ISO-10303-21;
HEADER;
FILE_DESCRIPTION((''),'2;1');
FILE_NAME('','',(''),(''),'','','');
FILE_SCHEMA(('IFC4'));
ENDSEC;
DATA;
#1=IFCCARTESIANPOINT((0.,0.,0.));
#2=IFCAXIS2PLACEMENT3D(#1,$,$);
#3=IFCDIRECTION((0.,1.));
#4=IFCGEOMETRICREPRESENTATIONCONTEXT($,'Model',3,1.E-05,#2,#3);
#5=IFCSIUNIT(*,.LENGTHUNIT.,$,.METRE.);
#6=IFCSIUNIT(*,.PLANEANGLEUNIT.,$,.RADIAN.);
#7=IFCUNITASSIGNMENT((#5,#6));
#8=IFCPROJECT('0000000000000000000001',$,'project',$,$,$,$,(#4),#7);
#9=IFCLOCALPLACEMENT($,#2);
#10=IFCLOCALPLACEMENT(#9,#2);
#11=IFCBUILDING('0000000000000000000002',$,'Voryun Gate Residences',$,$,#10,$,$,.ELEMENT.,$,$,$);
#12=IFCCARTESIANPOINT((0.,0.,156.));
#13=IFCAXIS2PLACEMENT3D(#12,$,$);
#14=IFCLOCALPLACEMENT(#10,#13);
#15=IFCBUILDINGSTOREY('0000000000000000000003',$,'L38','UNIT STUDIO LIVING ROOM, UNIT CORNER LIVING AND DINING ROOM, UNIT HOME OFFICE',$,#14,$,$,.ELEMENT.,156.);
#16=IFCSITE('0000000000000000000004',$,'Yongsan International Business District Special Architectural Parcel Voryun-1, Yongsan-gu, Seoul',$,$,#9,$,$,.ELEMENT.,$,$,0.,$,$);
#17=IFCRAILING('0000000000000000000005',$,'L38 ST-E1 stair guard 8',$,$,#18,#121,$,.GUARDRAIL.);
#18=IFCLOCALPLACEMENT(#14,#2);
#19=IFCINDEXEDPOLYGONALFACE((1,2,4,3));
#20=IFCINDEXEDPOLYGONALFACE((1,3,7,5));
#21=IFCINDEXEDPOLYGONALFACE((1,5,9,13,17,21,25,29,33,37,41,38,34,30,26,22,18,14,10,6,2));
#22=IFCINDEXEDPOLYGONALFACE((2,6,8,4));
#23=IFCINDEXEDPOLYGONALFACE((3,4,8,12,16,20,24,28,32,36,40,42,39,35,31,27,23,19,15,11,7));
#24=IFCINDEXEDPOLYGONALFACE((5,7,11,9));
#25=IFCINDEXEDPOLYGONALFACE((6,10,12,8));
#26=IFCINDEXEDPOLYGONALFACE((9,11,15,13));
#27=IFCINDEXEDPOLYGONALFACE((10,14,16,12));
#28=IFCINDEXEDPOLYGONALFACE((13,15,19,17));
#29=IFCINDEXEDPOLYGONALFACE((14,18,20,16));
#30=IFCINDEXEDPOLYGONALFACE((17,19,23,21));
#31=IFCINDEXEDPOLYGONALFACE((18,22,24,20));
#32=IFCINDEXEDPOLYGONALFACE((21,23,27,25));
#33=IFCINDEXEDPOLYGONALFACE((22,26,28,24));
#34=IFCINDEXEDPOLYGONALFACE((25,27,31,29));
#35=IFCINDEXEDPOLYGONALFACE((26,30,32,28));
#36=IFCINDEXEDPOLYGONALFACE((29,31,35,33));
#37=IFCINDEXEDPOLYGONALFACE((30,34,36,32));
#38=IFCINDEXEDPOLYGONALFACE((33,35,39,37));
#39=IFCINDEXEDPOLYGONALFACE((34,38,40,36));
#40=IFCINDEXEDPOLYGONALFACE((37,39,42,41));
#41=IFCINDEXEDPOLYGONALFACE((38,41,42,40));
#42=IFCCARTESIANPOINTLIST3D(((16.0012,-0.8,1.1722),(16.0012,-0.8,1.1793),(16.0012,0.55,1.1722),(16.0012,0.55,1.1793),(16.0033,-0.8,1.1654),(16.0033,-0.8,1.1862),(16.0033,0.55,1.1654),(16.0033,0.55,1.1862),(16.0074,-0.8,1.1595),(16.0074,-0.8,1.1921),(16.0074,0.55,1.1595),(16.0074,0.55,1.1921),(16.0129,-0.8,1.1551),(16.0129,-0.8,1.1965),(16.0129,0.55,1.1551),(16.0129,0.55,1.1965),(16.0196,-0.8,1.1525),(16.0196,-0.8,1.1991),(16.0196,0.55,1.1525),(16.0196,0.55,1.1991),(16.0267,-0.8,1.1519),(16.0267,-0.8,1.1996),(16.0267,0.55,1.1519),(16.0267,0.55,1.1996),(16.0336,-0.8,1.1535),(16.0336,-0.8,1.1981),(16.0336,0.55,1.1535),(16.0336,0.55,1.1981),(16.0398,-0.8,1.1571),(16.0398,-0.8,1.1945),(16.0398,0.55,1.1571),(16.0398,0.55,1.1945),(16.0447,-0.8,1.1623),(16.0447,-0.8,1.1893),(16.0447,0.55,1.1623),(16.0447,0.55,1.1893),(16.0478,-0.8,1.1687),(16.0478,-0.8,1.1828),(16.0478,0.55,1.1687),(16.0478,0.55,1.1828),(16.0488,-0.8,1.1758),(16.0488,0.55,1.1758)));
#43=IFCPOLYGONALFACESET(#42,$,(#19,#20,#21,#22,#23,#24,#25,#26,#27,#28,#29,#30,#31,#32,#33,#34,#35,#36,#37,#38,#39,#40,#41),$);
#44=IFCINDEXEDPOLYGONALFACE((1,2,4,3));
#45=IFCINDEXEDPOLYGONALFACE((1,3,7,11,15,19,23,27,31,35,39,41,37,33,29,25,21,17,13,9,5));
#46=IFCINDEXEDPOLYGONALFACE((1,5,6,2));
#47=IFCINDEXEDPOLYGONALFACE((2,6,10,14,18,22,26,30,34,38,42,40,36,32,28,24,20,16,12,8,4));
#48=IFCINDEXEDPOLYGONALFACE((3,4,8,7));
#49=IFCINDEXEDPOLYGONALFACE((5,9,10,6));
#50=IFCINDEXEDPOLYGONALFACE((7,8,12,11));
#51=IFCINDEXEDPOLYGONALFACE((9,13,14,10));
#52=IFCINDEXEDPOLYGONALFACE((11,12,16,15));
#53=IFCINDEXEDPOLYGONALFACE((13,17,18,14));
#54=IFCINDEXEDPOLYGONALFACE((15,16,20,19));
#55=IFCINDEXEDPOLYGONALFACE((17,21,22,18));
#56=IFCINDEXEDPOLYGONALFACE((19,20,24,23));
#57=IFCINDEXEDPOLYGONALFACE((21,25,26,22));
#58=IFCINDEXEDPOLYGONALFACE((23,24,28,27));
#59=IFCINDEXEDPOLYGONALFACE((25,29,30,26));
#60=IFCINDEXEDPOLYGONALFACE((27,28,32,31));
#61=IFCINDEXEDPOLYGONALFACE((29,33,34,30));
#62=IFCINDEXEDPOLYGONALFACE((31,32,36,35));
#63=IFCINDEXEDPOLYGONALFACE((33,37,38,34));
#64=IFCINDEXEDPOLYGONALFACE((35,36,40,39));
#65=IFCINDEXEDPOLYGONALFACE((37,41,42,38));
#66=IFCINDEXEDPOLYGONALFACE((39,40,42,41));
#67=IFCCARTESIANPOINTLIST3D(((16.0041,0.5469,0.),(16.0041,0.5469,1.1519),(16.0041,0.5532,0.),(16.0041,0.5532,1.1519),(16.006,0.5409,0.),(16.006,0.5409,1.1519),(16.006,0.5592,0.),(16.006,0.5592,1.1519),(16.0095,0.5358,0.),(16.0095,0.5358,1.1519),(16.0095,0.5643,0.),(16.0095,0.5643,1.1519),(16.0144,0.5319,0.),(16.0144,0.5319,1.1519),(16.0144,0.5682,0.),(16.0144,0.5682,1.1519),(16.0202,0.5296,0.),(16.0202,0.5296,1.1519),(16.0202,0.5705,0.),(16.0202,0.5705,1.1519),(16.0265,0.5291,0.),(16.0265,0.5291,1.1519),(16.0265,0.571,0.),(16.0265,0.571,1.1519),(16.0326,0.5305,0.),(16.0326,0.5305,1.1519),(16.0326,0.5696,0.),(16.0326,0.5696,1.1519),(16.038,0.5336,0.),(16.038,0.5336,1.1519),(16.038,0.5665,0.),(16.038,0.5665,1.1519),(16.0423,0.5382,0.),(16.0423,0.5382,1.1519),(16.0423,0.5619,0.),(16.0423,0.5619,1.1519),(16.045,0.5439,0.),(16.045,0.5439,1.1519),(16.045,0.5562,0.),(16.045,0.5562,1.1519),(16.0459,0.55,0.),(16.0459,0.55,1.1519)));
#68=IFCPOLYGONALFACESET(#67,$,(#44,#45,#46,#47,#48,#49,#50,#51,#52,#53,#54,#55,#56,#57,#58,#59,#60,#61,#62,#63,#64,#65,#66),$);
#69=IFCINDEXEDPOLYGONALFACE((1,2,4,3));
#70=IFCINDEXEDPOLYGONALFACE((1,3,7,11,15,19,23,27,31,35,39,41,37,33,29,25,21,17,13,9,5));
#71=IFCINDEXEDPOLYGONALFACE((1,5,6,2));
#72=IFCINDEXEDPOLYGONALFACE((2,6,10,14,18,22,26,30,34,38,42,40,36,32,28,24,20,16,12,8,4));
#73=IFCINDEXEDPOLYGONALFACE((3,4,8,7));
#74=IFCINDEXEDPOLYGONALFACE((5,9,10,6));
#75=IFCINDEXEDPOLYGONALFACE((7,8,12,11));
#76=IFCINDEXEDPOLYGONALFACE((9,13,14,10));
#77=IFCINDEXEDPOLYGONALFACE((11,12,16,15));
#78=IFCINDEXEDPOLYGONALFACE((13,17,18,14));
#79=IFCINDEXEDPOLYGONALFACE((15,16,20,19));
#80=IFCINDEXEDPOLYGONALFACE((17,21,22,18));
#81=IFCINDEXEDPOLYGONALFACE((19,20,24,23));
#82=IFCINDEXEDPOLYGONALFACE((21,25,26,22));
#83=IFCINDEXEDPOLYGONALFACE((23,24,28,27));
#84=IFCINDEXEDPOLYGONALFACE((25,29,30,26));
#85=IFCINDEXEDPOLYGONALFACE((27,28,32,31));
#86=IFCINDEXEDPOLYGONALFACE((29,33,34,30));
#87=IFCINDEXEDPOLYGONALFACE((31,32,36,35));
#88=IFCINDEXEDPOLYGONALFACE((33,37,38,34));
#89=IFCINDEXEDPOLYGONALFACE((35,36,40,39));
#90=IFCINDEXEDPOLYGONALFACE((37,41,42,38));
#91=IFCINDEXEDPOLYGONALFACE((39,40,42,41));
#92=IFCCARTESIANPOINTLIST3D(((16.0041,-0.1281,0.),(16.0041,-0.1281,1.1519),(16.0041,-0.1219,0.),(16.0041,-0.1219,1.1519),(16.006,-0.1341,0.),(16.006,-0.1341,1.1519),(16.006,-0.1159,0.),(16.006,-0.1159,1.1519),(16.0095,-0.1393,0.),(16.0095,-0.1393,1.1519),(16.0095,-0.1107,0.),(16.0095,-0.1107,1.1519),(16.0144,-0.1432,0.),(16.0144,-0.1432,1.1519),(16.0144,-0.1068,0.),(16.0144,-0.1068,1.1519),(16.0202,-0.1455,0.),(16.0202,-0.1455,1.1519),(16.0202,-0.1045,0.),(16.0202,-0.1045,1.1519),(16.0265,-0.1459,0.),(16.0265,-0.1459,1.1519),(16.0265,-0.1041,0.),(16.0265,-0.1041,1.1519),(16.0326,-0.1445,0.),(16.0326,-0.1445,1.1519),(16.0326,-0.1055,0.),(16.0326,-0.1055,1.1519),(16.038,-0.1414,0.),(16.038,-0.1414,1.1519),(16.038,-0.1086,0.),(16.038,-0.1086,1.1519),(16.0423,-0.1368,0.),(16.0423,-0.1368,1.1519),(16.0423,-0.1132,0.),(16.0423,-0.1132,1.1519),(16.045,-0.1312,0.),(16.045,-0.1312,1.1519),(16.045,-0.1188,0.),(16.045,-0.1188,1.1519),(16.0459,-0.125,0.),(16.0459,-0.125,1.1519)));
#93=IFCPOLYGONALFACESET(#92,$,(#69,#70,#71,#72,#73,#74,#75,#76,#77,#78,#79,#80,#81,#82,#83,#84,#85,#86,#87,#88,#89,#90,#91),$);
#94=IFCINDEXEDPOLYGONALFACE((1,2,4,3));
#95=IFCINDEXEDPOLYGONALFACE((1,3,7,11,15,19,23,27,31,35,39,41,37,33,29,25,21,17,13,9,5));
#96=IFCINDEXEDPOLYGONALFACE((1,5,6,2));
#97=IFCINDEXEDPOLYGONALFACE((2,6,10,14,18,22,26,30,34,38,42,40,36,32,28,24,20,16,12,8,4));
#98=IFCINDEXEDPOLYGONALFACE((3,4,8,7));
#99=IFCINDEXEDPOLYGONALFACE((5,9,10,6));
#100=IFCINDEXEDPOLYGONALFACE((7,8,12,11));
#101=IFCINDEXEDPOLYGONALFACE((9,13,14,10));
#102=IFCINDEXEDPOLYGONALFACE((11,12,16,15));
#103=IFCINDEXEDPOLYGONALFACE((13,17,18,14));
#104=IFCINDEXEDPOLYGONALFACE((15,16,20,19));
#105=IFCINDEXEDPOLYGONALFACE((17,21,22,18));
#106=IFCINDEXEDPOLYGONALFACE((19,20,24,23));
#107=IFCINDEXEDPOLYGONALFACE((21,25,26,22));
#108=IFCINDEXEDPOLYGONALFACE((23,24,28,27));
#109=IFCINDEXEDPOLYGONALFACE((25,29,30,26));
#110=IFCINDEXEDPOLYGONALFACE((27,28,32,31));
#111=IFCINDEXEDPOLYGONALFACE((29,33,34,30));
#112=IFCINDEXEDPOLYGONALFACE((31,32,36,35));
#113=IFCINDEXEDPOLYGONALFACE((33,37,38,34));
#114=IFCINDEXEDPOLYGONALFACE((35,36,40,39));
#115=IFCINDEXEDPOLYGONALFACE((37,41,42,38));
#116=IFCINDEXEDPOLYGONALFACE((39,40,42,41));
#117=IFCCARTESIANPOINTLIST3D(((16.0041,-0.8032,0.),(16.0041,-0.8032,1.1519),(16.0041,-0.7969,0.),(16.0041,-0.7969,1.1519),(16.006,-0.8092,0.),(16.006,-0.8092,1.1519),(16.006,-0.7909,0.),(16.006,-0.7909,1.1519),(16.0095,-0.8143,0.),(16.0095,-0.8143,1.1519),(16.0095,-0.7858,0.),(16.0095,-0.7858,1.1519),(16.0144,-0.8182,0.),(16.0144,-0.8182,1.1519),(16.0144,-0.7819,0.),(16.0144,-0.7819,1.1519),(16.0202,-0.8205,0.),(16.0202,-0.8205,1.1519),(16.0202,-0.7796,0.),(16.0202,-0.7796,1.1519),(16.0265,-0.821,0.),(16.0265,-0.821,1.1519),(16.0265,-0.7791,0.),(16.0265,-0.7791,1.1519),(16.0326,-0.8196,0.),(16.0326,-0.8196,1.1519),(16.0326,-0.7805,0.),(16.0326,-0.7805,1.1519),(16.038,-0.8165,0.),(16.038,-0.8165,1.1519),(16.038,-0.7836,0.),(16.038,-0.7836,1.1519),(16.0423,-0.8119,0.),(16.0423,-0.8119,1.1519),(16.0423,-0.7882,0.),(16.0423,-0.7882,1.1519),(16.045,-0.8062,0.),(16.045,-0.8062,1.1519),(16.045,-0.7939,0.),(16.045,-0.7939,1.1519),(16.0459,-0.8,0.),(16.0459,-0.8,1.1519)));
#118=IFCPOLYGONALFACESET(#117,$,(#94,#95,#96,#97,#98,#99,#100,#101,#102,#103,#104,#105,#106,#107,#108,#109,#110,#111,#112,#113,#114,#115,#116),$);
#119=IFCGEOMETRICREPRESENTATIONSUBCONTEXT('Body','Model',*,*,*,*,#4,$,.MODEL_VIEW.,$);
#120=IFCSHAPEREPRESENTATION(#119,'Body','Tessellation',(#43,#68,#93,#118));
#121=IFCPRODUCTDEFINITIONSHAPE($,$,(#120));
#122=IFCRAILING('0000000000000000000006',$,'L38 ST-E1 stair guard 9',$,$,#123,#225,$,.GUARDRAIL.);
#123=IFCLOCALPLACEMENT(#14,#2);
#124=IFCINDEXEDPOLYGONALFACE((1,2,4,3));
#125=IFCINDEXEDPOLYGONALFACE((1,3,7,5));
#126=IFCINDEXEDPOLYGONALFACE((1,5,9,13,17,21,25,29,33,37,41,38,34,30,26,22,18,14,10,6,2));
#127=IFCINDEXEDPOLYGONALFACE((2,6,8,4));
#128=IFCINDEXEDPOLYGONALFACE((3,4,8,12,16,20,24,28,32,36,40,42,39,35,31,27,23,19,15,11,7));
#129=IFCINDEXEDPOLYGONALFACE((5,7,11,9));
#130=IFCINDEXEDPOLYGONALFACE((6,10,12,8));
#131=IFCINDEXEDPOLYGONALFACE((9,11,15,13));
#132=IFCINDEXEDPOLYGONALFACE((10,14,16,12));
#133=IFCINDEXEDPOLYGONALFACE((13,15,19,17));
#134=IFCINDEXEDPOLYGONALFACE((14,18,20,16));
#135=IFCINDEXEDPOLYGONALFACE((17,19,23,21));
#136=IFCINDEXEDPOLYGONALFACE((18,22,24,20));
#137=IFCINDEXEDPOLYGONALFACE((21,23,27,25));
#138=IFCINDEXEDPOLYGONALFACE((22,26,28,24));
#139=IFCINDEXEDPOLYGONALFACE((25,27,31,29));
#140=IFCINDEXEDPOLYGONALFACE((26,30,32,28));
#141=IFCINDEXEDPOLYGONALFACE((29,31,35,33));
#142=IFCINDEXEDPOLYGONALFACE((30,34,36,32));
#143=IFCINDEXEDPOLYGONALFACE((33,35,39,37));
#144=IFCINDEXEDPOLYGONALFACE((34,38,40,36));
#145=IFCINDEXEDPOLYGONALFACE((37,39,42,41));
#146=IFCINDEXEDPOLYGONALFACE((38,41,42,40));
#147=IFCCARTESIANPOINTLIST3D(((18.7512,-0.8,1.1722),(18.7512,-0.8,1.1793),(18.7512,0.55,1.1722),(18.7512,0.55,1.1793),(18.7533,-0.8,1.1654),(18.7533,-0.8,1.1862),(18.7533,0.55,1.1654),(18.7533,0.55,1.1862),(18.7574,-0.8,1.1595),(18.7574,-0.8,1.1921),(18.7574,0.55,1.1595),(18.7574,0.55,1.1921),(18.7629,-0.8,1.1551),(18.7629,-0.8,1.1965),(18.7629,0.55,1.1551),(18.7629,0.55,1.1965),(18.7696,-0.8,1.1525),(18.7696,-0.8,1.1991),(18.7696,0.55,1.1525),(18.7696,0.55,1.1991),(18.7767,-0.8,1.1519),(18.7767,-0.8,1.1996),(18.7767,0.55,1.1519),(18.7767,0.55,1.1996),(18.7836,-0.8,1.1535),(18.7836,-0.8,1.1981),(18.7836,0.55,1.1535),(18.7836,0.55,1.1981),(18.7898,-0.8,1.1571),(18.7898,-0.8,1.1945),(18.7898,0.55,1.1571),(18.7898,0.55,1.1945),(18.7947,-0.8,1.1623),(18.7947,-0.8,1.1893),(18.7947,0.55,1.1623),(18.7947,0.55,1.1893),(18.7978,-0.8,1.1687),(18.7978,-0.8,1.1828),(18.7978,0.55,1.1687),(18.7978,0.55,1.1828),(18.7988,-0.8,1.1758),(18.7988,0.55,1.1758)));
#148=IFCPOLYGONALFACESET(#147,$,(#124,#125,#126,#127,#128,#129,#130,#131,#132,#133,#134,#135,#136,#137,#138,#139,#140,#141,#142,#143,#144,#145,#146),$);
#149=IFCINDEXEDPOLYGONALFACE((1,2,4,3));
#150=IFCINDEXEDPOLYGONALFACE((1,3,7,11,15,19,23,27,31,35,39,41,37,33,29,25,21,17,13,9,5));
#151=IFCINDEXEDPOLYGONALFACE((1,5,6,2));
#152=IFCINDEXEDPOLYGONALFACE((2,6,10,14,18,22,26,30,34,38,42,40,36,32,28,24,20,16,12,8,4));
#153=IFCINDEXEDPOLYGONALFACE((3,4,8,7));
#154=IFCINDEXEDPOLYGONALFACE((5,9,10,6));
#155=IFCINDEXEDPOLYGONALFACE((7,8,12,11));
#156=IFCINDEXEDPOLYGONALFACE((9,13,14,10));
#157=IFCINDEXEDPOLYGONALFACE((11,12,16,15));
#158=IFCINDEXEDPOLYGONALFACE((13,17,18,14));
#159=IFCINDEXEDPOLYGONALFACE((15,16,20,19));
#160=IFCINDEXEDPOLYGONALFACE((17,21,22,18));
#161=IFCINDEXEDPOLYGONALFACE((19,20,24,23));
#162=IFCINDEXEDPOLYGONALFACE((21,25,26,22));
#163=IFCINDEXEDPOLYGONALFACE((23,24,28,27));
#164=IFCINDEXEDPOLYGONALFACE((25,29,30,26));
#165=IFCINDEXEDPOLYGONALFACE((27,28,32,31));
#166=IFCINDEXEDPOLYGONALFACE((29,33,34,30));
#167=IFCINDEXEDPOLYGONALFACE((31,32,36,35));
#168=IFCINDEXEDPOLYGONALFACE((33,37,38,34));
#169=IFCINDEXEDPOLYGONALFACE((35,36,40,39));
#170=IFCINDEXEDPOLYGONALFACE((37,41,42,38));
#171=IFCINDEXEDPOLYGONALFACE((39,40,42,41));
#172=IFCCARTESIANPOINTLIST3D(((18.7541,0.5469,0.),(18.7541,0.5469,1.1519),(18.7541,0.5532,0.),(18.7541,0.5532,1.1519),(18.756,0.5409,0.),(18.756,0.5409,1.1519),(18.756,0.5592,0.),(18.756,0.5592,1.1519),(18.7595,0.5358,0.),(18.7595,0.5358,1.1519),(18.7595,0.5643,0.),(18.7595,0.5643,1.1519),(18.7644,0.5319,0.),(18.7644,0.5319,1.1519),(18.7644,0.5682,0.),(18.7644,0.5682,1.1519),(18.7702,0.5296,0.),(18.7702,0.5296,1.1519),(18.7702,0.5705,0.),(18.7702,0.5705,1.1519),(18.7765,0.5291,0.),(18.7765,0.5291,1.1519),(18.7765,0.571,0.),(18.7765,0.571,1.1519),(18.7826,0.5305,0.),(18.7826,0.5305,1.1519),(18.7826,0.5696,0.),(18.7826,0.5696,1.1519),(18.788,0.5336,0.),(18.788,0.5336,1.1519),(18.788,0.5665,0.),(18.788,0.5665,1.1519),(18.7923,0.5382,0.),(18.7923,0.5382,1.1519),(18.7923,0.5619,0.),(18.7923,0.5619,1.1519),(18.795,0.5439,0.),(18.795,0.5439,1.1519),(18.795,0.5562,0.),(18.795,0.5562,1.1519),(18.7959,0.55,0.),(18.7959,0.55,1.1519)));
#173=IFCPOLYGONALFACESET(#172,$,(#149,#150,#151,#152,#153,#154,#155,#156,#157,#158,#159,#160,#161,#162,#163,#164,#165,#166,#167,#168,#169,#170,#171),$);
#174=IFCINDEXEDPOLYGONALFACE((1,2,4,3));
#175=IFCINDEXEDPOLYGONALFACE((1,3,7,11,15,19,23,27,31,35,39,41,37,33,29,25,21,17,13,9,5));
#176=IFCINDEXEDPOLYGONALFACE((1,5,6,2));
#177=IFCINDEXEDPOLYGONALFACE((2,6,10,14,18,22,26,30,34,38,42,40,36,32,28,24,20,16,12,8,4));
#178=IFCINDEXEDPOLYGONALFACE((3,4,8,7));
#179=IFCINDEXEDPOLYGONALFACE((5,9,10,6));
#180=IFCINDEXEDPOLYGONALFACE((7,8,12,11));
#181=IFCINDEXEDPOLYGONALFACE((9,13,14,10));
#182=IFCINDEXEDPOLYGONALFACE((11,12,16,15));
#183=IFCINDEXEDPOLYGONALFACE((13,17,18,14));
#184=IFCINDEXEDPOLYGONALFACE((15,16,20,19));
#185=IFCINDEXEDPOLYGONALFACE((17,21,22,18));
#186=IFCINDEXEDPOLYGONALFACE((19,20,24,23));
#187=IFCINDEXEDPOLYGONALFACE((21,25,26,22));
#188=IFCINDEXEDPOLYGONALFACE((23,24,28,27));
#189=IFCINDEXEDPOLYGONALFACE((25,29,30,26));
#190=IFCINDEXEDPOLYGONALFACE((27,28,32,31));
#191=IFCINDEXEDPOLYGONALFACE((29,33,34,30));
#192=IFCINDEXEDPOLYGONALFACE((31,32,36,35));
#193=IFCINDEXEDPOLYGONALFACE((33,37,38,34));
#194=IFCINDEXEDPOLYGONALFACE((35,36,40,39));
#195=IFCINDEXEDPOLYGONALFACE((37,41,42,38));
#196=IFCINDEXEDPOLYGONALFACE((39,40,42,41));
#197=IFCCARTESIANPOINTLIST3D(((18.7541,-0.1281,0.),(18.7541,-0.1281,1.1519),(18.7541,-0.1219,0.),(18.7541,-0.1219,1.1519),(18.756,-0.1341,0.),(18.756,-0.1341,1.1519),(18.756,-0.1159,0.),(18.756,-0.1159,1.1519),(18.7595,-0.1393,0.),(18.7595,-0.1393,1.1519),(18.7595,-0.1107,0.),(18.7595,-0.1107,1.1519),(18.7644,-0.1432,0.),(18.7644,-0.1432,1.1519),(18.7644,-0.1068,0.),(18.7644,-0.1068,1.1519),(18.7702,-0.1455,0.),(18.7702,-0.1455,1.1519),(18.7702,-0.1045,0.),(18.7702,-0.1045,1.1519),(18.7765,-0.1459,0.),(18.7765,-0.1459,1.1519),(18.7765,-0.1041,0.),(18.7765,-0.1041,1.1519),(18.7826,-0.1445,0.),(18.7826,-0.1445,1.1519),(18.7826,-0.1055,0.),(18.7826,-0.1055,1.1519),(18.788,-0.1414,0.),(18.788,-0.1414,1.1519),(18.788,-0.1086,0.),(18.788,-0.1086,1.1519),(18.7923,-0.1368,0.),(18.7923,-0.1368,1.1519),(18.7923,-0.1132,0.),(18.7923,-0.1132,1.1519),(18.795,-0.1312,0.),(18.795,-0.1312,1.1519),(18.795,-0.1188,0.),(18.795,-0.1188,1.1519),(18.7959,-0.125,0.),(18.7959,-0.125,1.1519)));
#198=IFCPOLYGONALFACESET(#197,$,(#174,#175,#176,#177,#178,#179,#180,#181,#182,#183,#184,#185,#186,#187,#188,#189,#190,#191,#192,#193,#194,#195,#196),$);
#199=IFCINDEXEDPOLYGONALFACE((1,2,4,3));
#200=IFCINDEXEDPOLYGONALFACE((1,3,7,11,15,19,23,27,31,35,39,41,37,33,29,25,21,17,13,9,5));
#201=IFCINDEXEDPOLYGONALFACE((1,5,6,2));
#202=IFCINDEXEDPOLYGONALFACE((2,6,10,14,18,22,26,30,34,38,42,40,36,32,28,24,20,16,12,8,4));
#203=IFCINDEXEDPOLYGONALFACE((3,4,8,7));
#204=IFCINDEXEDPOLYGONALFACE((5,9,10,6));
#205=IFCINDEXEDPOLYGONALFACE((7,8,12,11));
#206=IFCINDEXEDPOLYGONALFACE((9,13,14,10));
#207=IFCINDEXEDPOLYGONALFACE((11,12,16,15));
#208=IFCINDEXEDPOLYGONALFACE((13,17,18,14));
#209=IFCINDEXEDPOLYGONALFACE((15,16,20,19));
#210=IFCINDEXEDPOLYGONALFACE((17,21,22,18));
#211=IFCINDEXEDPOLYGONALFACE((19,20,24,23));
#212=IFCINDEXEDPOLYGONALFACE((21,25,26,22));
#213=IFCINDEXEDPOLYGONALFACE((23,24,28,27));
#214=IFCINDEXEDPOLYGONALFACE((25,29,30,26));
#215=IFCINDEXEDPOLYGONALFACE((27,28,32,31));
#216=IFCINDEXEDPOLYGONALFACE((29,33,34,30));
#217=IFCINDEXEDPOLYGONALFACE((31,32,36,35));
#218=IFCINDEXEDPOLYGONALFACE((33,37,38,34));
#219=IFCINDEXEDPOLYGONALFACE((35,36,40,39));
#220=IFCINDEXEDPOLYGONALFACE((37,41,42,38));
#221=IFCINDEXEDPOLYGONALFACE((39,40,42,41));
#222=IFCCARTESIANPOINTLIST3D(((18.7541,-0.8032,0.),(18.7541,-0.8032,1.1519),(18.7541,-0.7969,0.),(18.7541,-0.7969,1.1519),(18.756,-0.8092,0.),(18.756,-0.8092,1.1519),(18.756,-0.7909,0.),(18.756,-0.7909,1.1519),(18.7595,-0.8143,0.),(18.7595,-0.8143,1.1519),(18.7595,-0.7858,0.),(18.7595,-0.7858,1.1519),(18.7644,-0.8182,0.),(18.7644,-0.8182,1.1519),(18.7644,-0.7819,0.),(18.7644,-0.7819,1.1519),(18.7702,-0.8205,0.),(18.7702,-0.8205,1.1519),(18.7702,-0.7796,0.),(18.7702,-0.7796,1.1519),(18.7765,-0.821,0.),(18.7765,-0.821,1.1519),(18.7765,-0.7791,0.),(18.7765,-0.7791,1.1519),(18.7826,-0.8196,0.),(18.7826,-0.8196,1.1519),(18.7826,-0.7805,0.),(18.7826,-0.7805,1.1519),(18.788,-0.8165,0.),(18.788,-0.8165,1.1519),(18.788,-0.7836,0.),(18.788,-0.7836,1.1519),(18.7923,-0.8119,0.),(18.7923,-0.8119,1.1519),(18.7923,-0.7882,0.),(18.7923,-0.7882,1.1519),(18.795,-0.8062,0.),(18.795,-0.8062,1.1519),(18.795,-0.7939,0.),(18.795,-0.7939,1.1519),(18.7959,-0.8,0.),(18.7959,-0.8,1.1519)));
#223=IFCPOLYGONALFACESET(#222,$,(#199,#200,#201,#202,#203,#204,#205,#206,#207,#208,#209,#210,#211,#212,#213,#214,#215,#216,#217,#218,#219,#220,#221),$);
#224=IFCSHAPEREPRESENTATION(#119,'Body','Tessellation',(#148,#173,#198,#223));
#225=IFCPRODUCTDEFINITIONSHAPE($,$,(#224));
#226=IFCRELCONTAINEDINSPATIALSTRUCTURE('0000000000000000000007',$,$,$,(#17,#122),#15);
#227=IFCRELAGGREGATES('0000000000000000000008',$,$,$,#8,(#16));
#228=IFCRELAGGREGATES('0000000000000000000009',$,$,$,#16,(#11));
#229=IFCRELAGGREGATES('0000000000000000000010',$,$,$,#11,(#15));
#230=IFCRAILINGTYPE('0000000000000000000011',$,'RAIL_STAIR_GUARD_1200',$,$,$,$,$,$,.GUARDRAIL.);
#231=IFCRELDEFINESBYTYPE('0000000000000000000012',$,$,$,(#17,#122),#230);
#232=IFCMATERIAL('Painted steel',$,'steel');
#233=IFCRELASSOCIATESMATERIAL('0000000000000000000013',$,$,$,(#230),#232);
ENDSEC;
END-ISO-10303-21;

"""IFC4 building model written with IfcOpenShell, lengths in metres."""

from ifc_helpers import new_model, si_unit, direction, frame, origin, origin_2d, place, context, subcontext, project, spatial, circle, extrude, material, type_object, element, save


model = new_model("IFC4")

# Units and contexts
model_context = context("Model", 3, precision=1e-05, world=origin(), true_north=direction((0.0, 1.0)))
body_context = subcontext(model_context, "Body", "Model", "MODEL_VIEW")
ifc_project = project(units=[si_unit("LENGTHUNIT", "METRE"), si_unit("PLANEANGLEUNIT", "RADIAN")], contexts=[model_context])

# Site, building, storey
site_placement = place(None, origin())
site = spatial("IfcSite", under=ifc_project, at=site_placement, Name="Yongsan International Business District Special Architectural Parcel Voryun-1, Yongsan-gu, Seoul", CompositionType="ELEMENT", RefElevation=0.0)
building_placement = place(site_placement, origin())
building = spatial("IfcBuilding", under=site, at=building_placement, Name="Voryun Gate Residences", CompositionType="ELEMENT")
storey_placement = place(building_placement, frame((0.0, 0.0, 156.0)))
storey = spatial("IfcBuildingStorey", under=building, at=storey_placement, Name="L38", Description="UNIT STUDIO LIVING ROOM, UNIT CORNER LIVING AND DINING ROOM, UNIT HOME OFFICE", CompositionType="ELEMENT", Elevation=156.0)

# Railings
ifc_material_1 = material(Name="Painted steel", Category="steel")
railing_type = type_object("IfcRailingType", Name="RAIL_STAIR_GUARD_1200", PredefinedType="GUARDRAIL", material=ifc_material_1)
for number, where, name in (
    (1, (16.0249, 0.55, 0.0), "L38 ST-E1 stair guard 8"),
    (2, (18.7749, 0.55, 0.0), "L38 ST-E1 stair guard 9"),
):
    element("IfcRailing", number, at=place(storey_placement, frame(where)), inside=storey, type_object=railing_type, Name=name, PredefinedType="GUARDRAIL", context=body_context, shape_type="SweptSolid", body=[
        extrude(circle(Radius=0.0239, at=origin_2d()), frame((0.0, 0.0, 1.1758), z_axis=(0.0, -1.0, 0.0), x_axis=(1.0, 0.0, 0.0)), (0.0, 0.0, 1.0), 1.3501),
        extrude(circle(Radius=0.021, at=origin_2d()), origin(), (0.0, 0.0, 1.0), 1.1519),
        extrude(circle(Radius=0.021, at=origin_2d()), frame((0.0, -0.675, 0.0)), (0.0, 0.0, 1.0), 1.1519),
        extrude(circle(Radius=0.021, at=origin_2d()), frame((0.0, -1.3501, 0.0)), (0.0, 0.0, 1.0), 1.1519),
    ])

save(model, "model.ifc")
